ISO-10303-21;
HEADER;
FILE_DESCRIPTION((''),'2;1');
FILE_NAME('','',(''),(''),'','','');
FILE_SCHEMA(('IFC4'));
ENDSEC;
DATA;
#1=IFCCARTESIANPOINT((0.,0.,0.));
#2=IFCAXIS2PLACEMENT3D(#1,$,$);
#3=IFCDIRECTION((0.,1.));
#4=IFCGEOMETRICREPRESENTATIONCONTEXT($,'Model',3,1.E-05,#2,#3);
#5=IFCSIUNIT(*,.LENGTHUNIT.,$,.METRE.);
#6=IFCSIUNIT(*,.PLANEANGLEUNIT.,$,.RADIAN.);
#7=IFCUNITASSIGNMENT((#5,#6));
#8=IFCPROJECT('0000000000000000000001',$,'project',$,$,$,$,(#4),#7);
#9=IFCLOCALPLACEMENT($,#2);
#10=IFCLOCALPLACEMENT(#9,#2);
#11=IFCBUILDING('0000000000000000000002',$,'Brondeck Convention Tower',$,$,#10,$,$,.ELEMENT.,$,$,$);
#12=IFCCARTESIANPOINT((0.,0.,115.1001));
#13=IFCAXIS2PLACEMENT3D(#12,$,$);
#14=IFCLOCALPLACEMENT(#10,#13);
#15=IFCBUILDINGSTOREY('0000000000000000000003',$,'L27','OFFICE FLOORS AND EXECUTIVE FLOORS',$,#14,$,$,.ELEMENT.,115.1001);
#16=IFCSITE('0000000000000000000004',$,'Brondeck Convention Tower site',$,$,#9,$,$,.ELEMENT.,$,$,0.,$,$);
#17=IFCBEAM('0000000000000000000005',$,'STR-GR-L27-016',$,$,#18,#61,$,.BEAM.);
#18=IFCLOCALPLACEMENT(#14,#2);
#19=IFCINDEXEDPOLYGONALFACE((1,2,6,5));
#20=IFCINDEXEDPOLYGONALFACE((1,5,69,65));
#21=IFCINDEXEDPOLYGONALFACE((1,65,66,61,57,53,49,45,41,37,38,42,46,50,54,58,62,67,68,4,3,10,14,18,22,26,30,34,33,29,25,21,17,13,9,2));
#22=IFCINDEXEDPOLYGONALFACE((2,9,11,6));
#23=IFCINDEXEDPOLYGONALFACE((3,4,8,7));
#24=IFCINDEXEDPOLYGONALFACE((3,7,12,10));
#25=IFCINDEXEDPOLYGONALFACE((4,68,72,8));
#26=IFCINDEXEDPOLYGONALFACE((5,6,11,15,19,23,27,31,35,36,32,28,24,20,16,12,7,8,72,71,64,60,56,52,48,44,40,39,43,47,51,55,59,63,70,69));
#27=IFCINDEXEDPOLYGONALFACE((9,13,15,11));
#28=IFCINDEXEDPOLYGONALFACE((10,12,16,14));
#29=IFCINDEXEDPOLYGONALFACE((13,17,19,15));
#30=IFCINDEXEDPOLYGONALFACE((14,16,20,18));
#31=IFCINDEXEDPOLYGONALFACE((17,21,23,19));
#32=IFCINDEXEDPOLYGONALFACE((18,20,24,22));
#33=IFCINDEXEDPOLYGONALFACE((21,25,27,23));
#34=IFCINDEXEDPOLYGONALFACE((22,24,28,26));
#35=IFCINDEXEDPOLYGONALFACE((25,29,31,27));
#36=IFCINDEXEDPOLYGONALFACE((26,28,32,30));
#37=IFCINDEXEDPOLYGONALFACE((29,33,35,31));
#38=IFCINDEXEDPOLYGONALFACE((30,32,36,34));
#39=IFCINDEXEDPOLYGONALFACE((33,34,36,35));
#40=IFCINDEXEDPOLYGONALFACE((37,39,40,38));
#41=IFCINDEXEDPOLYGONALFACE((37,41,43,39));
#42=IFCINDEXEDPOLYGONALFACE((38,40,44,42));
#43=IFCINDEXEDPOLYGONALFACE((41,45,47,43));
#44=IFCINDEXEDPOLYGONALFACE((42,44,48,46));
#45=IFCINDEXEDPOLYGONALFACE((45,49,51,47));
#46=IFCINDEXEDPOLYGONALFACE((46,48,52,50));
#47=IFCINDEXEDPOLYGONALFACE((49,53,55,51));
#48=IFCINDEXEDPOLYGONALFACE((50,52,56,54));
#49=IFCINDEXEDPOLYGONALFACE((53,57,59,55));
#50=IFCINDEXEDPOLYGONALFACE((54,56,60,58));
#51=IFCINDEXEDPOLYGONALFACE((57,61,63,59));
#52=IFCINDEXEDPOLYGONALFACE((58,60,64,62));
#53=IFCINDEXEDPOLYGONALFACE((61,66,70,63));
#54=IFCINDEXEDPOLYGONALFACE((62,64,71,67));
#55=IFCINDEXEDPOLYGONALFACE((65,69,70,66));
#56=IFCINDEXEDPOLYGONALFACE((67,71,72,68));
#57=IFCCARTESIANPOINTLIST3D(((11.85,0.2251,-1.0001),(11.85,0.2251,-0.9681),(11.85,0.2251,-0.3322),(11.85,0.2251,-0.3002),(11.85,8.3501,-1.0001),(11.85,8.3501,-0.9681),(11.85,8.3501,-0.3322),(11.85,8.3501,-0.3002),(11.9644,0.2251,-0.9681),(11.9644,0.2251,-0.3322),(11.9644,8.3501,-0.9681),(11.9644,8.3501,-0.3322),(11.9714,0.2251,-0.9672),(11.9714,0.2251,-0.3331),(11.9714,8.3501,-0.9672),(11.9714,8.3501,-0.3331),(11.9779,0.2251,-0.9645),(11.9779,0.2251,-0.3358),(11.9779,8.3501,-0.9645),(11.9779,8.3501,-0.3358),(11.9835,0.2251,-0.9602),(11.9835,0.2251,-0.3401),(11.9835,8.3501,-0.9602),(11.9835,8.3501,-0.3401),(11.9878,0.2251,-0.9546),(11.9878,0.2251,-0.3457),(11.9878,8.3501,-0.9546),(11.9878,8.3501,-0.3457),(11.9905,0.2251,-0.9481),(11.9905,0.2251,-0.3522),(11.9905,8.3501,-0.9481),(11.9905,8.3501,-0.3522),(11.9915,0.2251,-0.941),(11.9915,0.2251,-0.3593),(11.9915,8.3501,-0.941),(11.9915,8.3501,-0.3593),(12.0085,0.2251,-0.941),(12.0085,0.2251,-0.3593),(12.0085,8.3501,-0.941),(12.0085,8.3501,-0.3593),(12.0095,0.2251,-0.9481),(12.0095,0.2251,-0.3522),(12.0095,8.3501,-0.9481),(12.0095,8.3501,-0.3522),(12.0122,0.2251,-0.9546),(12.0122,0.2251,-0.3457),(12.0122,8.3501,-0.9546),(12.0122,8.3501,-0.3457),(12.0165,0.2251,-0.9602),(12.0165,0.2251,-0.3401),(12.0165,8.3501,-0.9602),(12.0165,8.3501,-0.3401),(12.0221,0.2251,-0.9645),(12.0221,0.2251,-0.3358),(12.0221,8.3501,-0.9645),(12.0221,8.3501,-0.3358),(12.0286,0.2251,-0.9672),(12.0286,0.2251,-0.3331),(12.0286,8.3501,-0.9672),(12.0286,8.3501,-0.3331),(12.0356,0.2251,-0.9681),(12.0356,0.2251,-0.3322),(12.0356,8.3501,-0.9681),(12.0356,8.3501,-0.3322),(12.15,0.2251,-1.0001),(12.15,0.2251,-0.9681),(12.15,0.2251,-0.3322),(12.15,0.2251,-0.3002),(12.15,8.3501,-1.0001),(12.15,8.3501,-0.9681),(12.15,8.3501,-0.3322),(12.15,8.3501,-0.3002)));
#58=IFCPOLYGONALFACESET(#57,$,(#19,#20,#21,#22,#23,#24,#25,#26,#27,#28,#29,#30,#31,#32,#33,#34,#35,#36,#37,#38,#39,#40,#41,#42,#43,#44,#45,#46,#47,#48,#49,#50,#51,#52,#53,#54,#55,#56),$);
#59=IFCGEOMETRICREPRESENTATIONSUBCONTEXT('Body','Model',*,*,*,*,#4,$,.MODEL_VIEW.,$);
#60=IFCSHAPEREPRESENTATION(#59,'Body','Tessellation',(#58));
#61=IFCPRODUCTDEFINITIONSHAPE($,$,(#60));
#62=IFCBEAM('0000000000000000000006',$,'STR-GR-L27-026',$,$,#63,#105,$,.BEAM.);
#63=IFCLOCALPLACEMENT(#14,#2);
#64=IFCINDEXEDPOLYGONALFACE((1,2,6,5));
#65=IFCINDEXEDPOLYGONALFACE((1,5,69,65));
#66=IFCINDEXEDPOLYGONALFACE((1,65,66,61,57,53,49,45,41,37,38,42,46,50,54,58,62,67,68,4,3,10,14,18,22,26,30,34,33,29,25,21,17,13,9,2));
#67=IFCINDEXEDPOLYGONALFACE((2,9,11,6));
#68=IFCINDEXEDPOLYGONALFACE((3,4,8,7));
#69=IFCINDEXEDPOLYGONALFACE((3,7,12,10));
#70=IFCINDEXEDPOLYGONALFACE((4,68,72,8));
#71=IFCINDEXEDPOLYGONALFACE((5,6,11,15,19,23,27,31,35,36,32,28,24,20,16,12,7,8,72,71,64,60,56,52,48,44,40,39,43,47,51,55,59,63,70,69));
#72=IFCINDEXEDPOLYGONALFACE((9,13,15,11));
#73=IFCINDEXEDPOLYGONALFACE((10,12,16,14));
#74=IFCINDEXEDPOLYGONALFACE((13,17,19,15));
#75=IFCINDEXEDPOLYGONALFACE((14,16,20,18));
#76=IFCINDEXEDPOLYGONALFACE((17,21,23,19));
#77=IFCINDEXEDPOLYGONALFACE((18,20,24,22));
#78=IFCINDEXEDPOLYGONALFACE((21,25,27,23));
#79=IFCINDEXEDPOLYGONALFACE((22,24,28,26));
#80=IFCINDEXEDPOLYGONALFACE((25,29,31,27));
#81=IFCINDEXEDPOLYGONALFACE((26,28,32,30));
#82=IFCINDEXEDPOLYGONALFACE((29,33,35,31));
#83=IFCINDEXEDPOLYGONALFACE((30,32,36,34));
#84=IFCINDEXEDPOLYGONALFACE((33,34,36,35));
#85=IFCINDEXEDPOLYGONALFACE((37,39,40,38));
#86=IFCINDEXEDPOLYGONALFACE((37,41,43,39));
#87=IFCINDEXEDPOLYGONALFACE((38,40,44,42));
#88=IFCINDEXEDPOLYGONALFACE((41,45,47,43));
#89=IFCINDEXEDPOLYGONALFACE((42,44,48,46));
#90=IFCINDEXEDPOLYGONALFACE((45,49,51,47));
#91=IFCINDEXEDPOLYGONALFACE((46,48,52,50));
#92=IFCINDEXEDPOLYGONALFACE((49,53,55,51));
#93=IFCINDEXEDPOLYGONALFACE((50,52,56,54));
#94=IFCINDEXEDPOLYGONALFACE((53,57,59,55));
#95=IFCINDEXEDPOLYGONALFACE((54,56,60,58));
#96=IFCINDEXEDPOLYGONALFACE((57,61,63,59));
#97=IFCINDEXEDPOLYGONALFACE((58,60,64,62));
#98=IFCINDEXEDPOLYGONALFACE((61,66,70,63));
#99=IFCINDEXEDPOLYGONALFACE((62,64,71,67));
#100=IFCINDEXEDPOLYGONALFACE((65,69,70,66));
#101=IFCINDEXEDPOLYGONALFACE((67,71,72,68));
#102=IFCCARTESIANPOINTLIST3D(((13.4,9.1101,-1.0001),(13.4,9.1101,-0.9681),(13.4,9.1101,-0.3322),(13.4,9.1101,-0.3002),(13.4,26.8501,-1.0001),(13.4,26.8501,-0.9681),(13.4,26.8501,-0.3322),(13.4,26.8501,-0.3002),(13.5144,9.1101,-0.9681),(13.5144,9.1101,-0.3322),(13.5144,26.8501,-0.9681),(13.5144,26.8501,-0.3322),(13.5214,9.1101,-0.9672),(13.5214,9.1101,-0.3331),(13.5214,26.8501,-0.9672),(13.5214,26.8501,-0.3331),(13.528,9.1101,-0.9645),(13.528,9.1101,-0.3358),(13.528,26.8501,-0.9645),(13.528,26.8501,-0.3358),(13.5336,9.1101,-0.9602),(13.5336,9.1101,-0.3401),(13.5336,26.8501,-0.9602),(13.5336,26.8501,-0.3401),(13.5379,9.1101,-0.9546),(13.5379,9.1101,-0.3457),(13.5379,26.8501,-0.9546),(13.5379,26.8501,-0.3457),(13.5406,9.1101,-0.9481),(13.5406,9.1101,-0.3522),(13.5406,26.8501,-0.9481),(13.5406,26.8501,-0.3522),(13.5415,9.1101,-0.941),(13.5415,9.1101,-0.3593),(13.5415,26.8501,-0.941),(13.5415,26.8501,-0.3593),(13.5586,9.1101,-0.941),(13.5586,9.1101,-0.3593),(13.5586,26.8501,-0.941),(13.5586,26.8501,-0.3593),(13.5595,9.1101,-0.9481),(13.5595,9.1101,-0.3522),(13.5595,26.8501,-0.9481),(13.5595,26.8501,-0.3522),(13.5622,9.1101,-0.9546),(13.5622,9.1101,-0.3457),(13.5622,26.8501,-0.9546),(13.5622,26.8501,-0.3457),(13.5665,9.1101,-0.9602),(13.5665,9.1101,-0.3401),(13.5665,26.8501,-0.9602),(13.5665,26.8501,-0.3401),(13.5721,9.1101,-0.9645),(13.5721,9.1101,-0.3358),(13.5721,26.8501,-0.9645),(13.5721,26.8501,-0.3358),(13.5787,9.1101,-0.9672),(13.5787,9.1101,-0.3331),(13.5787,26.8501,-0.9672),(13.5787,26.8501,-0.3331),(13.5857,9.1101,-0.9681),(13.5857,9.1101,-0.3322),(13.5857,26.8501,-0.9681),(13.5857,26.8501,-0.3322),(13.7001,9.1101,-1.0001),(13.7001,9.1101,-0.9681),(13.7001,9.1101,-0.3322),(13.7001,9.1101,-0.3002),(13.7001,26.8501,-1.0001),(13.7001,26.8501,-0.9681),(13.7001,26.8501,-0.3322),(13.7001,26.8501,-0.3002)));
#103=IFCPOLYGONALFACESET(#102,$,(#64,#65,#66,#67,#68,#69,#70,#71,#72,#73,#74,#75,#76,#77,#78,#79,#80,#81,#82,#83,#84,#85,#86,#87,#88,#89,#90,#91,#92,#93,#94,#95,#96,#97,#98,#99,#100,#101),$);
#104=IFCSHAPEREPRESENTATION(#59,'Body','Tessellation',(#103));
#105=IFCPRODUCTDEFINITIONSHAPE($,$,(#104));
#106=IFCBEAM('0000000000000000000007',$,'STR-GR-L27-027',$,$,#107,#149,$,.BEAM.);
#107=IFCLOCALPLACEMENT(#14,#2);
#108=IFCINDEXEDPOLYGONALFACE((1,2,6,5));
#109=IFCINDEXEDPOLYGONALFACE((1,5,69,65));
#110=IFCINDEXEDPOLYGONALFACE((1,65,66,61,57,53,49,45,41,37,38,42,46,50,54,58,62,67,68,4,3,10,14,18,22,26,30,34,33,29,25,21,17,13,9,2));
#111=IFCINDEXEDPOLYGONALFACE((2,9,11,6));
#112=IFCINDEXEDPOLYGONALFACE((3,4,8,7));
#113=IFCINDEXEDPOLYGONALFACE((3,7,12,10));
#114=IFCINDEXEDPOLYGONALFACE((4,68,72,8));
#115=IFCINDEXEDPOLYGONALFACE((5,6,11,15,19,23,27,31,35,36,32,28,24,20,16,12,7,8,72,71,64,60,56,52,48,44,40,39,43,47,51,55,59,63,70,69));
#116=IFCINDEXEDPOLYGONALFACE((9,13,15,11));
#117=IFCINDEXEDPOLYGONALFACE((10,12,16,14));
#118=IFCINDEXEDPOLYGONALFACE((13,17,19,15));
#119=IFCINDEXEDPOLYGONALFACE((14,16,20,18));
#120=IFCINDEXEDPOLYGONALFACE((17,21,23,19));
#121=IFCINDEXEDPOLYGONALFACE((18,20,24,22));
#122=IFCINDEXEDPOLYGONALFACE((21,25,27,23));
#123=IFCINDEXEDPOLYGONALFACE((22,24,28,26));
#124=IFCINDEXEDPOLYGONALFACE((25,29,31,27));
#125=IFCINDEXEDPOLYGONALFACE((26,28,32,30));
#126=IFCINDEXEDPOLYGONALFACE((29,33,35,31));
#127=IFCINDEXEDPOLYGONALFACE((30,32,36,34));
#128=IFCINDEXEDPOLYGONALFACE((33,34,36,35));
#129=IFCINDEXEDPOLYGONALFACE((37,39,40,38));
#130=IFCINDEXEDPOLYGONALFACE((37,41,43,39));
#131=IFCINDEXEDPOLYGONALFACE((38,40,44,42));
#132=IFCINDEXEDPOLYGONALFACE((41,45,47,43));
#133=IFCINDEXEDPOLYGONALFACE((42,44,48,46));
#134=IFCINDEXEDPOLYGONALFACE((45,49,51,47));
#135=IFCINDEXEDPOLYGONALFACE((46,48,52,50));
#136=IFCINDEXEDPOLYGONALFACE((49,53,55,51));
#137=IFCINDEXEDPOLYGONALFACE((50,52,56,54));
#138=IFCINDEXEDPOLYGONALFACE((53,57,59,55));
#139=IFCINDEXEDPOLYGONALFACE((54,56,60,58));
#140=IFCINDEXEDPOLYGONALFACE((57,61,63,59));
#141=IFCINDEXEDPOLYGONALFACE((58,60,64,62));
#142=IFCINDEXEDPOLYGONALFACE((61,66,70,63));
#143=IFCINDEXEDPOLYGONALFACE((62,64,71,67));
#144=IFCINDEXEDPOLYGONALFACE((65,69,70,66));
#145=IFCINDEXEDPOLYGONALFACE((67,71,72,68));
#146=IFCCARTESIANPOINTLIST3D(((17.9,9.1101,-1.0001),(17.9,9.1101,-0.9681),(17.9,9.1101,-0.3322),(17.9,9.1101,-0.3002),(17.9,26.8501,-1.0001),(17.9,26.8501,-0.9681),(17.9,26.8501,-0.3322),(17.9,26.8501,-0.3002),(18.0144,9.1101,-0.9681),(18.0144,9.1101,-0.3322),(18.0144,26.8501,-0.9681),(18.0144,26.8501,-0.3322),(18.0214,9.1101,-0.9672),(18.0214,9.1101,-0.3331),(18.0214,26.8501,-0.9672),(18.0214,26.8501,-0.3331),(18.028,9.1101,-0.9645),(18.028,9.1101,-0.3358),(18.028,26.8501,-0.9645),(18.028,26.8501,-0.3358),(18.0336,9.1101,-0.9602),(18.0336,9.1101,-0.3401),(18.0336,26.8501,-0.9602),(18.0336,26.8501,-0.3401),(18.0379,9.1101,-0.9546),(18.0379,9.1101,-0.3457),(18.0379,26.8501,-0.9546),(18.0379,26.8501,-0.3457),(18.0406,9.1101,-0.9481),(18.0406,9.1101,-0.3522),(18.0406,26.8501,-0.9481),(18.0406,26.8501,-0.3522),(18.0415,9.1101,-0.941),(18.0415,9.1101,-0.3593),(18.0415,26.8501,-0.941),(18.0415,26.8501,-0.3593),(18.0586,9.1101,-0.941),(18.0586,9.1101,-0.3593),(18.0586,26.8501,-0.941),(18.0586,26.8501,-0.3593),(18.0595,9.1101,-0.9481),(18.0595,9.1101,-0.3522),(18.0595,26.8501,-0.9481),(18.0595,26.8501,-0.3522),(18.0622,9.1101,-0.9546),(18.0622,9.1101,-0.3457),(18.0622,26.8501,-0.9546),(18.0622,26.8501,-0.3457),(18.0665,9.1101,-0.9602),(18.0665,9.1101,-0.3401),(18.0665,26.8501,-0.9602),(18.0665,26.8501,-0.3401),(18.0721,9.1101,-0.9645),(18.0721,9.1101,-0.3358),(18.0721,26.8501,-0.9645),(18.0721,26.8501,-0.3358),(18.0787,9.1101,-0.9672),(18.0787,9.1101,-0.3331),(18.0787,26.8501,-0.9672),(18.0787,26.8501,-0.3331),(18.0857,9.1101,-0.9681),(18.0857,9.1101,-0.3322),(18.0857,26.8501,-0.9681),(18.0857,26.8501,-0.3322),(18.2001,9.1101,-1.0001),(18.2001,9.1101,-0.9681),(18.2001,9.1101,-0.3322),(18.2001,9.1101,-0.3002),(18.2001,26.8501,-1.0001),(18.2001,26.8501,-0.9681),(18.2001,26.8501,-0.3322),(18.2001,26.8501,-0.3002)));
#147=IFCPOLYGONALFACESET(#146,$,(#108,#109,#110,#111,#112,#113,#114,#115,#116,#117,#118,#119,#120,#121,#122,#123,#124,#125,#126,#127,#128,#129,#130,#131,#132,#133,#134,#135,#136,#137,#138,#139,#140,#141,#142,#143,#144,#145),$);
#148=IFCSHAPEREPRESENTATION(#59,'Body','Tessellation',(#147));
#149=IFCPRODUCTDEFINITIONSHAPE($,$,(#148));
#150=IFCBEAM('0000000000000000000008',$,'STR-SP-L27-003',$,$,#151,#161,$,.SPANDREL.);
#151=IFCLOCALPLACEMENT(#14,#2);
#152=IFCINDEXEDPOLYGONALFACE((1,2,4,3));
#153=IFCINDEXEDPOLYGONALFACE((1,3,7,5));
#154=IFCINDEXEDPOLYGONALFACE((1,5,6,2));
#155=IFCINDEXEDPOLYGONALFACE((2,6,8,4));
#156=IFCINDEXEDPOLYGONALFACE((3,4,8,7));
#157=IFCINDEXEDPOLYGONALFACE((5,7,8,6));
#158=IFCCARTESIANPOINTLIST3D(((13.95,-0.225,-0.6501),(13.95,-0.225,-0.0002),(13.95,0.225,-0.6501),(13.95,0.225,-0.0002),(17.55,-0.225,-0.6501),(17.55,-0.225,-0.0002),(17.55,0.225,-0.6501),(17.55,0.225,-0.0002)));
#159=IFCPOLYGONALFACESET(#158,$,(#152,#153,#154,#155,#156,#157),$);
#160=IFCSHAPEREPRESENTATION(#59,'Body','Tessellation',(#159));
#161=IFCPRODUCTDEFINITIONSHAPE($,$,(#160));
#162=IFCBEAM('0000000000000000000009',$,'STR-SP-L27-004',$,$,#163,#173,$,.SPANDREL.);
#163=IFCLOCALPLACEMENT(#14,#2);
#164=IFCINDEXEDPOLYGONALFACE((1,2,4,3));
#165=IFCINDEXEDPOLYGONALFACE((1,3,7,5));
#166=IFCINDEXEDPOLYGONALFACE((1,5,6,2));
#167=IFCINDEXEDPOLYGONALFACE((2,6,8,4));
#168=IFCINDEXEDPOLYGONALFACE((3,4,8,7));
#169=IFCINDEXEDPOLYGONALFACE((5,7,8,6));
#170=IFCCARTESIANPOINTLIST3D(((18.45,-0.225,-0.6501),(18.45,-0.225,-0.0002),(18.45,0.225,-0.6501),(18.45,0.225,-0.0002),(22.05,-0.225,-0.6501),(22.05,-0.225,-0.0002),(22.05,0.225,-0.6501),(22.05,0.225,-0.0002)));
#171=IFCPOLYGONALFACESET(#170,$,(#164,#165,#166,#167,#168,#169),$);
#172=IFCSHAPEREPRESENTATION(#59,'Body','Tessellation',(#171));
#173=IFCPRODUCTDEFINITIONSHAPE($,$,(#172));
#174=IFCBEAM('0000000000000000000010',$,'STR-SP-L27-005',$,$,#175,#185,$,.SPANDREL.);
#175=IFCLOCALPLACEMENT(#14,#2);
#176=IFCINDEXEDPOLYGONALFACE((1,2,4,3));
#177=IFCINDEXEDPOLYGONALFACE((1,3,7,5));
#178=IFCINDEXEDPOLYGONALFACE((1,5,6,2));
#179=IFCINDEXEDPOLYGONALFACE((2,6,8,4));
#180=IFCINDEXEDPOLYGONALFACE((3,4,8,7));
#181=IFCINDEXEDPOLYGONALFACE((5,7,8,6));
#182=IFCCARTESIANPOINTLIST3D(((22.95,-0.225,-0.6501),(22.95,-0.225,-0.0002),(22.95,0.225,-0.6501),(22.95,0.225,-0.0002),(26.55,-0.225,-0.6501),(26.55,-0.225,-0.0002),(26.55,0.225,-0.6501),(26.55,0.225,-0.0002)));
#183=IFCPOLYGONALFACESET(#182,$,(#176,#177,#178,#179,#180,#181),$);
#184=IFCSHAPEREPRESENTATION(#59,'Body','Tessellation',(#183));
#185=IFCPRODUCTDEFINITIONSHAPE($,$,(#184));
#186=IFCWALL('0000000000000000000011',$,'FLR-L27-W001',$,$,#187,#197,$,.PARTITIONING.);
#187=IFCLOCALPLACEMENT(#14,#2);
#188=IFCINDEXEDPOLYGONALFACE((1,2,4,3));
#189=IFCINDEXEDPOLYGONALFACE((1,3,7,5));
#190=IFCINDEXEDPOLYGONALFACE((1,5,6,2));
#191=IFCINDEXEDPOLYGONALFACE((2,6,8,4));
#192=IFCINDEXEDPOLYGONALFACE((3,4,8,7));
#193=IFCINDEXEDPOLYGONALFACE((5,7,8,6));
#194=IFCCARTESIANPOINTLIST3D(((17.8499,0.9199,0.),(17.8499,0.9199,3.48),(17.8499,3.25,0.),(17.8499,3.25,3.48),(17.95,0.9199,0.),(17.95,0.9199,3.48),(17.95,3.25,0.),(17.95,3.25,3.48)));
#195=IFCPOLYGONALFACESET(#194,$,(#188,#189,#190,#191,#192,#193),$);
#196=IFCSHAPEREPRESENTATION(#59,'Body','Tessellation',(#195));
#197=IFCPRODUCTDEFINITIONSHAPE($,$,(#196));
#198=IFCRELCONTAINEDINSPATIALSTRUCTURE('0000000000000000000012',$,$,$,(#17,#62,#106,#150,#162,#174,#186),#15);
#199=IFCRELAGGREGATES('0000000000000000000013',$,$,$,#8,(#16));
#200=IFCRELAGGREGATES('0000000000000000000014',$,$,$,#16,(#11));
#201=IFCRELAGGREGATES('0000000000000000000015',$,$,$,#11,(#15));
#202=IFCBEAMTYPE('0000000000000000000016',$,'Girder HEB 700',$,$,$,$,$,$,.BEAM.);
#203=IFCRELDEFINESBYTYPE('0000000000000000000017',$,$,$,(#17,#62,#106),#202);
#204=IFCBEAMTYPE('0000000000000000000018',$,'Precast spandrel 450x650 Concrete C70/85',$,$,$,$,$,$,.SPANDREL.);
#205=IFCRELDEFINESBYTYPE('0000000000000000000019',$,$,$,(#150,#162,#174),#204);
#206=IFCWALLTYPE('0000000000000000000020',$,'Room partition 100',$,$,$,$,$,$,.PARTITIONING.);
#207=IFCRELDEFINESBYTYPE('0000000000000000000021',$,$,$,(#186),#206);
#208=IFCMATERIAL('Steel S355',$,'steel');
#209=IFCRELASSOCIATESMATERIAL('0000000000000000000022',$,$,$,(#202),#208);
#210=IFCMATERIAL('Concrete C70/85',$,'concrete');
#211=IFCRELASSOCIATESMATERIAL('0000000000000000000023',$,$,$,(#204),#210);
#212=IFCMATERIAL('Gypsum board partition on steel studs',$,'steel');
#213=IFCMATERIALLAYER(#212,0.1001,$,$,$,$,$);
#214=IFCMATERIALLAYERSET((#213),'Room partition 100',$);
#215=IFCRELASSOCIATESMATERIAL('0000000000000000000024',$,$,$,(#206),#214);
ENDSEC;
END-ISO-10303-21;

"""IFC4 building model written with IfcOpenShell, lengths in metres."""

from ifc_helpers import new_model, si_unit, direction, frame, frame_2d, origin, origin_2d, place, context, subcontext, project, spatial, rectangle, i_section, extrude, material, layer, layer_set, material_profile, profile_set, type_object, element, save


model = new_model("IFC4")

# Units and contexts
model_context = context("Model", 3, precision=1e-05, world=origin(), true_north=direction((0.0, 1.0)))
body_context = subcontext(model_context, "Body", "Model", "MODEL_VIEW")
ifc_project = project(units=[si_unit("LENGTHUNIT", "METRE"), si_unit("PLANEANGLEUNIT", "RADIAN")], contexts=[model_context])

# Site, building, storey
site_placement = place(None, origin())
site = spatial("IfcSite", under=ifc_project, at=site_placement, Name="Brondeck Convention Tower site", CompositionType="ELEMENT", RefElevation=0.0)
building_placement = place(site_placement, origin())
building = spatial("IfcBuilding", under=site, at=building_placement, Name="Brondeck Convention Tower", CompositionType="ELEMENT")
storey_placement = place(building_placement, frame((0.0, 0.0, 115.1001)))
storey = spatial("IfcBuildingStorey", under=building, at=storey_placement, Name="L27", Description="OFFICE FLOORS AND EXECUTIVE FLOORS", CompositionType="ELEMENT", Elevation=115.1001)

# Shared definitions
ifc_material_1 = material(Name="Concrete C70/85", Category="concrete")

# Beams
ifc_material_2 = material(Name="Steel S355", Category="steel")
ifc_material_profile_1 = material_profile(ifc_material_2, i_section(OverallWidth=0.3, OverallDepth=0.7, WebThickness=0.0171, FlangeThickness=0.032, FilletRadius=0.0271, at=origin_2d()), Name="HEB 700")
ifc_profile_set_1 = profile_set([ifc_material_profile_1], Name="Steel S355")
beam_type_1 = type_object("IfcBeamType", Name="Girder HEB 700", PredefinedType="BEAM", material=ifc_profile_set_1)
beam_1_placement = place(storey_placement, frame((12.0, 8.3501, -0.6501), z_axis=(0.0, -1.0, 0.0), x_axis=(1.0, 0.0, 0.0)))
element("IfcBeam", 1, at=beam_1_placement, inside=storey, type_object=beam_type_1, Name="STR-GR-L27-016", PredefinedType="BEAM", context=body_context, shape_type="SweptSolid", body=[
    extrude(i_section(OverallWidth=0.3, OverallDepth=0.7, WebThickness=0.0171, FlangeThickness=0.032, FilletRadius=0.0271, at=origin_2d()), origin(), (0.0, 0.0, 1.0), 8.125),
])
for number, where, z_axis, x_axis, name in (
    (2, (13.55, 9.1101, -0.6501), (0.0, 1.0, 0.0), (-1.0, 0.0, 0.0), "STR-GR-L27-026"),
    (3, (18.05, 9.1101, -0.6501), (0.0, 1.0, 0.0), (-1.0, 0.0, 0.0), "STR-GR-L27-027"),
):
    element("IfcBeam", number, at=place(storey_placement, frame(where, z_axis=z_axis, x_axis=x_axis)), inside=storey, type_object=beam_type_1, Name=name, PredefinedType="BEAM", context=body_context, shape_type="SweptSolid", body=[
        extrude(i_section(OverallWidth=0.3, OverallDepth=0.7, WebThickness=0.0171, FlangeThickness=0.032, FilletRadius=0.0271, at=origin_2d()), origin(), (0.0, 0.0, 1.0), 17.74),
    ])
ifc_material_profile_2 = material_profile(ifc_material_1, rectangle(XDim=0.45, YDim=0.6499, at=origin_2d()), Name="Precast spandrel 450x650 Concrete C70/85")
ifc_profile_set_2 = profile_set([ifc_material_profile_2], Name="Concrete C70/85")
beam_type_2 = type_object("IfcBeamType", Name="Precast spandrel 450x650 Concrete C70/85", PredefinedType="SPANDREL", material=ifc_profile_set_2)
for number, where, z_axis, x_axis, name in (
    (4, (13.95, 0.0, -0.3252), (1.0, 0.0, 0.0), (0.0, 1.0, 0.0), "STR-SP-L27-003"),
    (5, (18.45, 0.0, -0.3252), (1.0, 0.0, 0.0), (0.0, 1.0, 0.0), "STR-SP-L27-004"),
    (6, (22.95, 0.0, -0.3252), (1.0, 0.0, 0.0), (0.0, 1.0, 0.0), "STR-SP-L27-005"),
):
    element("IfcBeam", number, at=place(storey_placement, frame(where, z_axis=z_axis, x_axis=x_axis)), inside=storey, type_object=beam_type_2, Name=name, PredefinedType="SPANDREL", context=body_context, shape_type="SweptSolid", body=[
        extrude(rectangle(XDim=0.45, YDim=0.6499, at=origin_2d()), origin(), (0.0, 0.0, 1.0), 3.6001),
    ])

# Wall
ifc_material_3 = material(Name="Gypsum board partition on steel studs", Category="steel")
ifc_layer_1 = layer(ifc_material_3, 0.1001)
ifc_layer_set_1 = layer_set([ifc_layer_1], Name="Room partition 100")
wall_type_1 = type_object("IfcWallType", Name="Room partition 100", PredefinedType="PARTITIONING", material=ifc_layer_set_1)
wall_1_placement = place(storey_placement, frame((17.8999, 0.9199, 0.0), z_axis=(0.0, 0.0, 1.0), x_axis=(0.0, 1.0, 0.0)))
element("IfcWall", 7, at=wall_1_placement, inside=storey, type_object=wall_type_1, Name="FLR-L27-W001", PredefinedType="PARTITIONING", context=body_context, shape_type="SweptSolid", body=[
    extrude(rectangle(XDim=2.3301, YDim=0.1001, at=frame_2d((1.165, 0.0))), origin(), (0.0, 0.0, 1.0), 3.48),
])

save(model, "model.ifc")
